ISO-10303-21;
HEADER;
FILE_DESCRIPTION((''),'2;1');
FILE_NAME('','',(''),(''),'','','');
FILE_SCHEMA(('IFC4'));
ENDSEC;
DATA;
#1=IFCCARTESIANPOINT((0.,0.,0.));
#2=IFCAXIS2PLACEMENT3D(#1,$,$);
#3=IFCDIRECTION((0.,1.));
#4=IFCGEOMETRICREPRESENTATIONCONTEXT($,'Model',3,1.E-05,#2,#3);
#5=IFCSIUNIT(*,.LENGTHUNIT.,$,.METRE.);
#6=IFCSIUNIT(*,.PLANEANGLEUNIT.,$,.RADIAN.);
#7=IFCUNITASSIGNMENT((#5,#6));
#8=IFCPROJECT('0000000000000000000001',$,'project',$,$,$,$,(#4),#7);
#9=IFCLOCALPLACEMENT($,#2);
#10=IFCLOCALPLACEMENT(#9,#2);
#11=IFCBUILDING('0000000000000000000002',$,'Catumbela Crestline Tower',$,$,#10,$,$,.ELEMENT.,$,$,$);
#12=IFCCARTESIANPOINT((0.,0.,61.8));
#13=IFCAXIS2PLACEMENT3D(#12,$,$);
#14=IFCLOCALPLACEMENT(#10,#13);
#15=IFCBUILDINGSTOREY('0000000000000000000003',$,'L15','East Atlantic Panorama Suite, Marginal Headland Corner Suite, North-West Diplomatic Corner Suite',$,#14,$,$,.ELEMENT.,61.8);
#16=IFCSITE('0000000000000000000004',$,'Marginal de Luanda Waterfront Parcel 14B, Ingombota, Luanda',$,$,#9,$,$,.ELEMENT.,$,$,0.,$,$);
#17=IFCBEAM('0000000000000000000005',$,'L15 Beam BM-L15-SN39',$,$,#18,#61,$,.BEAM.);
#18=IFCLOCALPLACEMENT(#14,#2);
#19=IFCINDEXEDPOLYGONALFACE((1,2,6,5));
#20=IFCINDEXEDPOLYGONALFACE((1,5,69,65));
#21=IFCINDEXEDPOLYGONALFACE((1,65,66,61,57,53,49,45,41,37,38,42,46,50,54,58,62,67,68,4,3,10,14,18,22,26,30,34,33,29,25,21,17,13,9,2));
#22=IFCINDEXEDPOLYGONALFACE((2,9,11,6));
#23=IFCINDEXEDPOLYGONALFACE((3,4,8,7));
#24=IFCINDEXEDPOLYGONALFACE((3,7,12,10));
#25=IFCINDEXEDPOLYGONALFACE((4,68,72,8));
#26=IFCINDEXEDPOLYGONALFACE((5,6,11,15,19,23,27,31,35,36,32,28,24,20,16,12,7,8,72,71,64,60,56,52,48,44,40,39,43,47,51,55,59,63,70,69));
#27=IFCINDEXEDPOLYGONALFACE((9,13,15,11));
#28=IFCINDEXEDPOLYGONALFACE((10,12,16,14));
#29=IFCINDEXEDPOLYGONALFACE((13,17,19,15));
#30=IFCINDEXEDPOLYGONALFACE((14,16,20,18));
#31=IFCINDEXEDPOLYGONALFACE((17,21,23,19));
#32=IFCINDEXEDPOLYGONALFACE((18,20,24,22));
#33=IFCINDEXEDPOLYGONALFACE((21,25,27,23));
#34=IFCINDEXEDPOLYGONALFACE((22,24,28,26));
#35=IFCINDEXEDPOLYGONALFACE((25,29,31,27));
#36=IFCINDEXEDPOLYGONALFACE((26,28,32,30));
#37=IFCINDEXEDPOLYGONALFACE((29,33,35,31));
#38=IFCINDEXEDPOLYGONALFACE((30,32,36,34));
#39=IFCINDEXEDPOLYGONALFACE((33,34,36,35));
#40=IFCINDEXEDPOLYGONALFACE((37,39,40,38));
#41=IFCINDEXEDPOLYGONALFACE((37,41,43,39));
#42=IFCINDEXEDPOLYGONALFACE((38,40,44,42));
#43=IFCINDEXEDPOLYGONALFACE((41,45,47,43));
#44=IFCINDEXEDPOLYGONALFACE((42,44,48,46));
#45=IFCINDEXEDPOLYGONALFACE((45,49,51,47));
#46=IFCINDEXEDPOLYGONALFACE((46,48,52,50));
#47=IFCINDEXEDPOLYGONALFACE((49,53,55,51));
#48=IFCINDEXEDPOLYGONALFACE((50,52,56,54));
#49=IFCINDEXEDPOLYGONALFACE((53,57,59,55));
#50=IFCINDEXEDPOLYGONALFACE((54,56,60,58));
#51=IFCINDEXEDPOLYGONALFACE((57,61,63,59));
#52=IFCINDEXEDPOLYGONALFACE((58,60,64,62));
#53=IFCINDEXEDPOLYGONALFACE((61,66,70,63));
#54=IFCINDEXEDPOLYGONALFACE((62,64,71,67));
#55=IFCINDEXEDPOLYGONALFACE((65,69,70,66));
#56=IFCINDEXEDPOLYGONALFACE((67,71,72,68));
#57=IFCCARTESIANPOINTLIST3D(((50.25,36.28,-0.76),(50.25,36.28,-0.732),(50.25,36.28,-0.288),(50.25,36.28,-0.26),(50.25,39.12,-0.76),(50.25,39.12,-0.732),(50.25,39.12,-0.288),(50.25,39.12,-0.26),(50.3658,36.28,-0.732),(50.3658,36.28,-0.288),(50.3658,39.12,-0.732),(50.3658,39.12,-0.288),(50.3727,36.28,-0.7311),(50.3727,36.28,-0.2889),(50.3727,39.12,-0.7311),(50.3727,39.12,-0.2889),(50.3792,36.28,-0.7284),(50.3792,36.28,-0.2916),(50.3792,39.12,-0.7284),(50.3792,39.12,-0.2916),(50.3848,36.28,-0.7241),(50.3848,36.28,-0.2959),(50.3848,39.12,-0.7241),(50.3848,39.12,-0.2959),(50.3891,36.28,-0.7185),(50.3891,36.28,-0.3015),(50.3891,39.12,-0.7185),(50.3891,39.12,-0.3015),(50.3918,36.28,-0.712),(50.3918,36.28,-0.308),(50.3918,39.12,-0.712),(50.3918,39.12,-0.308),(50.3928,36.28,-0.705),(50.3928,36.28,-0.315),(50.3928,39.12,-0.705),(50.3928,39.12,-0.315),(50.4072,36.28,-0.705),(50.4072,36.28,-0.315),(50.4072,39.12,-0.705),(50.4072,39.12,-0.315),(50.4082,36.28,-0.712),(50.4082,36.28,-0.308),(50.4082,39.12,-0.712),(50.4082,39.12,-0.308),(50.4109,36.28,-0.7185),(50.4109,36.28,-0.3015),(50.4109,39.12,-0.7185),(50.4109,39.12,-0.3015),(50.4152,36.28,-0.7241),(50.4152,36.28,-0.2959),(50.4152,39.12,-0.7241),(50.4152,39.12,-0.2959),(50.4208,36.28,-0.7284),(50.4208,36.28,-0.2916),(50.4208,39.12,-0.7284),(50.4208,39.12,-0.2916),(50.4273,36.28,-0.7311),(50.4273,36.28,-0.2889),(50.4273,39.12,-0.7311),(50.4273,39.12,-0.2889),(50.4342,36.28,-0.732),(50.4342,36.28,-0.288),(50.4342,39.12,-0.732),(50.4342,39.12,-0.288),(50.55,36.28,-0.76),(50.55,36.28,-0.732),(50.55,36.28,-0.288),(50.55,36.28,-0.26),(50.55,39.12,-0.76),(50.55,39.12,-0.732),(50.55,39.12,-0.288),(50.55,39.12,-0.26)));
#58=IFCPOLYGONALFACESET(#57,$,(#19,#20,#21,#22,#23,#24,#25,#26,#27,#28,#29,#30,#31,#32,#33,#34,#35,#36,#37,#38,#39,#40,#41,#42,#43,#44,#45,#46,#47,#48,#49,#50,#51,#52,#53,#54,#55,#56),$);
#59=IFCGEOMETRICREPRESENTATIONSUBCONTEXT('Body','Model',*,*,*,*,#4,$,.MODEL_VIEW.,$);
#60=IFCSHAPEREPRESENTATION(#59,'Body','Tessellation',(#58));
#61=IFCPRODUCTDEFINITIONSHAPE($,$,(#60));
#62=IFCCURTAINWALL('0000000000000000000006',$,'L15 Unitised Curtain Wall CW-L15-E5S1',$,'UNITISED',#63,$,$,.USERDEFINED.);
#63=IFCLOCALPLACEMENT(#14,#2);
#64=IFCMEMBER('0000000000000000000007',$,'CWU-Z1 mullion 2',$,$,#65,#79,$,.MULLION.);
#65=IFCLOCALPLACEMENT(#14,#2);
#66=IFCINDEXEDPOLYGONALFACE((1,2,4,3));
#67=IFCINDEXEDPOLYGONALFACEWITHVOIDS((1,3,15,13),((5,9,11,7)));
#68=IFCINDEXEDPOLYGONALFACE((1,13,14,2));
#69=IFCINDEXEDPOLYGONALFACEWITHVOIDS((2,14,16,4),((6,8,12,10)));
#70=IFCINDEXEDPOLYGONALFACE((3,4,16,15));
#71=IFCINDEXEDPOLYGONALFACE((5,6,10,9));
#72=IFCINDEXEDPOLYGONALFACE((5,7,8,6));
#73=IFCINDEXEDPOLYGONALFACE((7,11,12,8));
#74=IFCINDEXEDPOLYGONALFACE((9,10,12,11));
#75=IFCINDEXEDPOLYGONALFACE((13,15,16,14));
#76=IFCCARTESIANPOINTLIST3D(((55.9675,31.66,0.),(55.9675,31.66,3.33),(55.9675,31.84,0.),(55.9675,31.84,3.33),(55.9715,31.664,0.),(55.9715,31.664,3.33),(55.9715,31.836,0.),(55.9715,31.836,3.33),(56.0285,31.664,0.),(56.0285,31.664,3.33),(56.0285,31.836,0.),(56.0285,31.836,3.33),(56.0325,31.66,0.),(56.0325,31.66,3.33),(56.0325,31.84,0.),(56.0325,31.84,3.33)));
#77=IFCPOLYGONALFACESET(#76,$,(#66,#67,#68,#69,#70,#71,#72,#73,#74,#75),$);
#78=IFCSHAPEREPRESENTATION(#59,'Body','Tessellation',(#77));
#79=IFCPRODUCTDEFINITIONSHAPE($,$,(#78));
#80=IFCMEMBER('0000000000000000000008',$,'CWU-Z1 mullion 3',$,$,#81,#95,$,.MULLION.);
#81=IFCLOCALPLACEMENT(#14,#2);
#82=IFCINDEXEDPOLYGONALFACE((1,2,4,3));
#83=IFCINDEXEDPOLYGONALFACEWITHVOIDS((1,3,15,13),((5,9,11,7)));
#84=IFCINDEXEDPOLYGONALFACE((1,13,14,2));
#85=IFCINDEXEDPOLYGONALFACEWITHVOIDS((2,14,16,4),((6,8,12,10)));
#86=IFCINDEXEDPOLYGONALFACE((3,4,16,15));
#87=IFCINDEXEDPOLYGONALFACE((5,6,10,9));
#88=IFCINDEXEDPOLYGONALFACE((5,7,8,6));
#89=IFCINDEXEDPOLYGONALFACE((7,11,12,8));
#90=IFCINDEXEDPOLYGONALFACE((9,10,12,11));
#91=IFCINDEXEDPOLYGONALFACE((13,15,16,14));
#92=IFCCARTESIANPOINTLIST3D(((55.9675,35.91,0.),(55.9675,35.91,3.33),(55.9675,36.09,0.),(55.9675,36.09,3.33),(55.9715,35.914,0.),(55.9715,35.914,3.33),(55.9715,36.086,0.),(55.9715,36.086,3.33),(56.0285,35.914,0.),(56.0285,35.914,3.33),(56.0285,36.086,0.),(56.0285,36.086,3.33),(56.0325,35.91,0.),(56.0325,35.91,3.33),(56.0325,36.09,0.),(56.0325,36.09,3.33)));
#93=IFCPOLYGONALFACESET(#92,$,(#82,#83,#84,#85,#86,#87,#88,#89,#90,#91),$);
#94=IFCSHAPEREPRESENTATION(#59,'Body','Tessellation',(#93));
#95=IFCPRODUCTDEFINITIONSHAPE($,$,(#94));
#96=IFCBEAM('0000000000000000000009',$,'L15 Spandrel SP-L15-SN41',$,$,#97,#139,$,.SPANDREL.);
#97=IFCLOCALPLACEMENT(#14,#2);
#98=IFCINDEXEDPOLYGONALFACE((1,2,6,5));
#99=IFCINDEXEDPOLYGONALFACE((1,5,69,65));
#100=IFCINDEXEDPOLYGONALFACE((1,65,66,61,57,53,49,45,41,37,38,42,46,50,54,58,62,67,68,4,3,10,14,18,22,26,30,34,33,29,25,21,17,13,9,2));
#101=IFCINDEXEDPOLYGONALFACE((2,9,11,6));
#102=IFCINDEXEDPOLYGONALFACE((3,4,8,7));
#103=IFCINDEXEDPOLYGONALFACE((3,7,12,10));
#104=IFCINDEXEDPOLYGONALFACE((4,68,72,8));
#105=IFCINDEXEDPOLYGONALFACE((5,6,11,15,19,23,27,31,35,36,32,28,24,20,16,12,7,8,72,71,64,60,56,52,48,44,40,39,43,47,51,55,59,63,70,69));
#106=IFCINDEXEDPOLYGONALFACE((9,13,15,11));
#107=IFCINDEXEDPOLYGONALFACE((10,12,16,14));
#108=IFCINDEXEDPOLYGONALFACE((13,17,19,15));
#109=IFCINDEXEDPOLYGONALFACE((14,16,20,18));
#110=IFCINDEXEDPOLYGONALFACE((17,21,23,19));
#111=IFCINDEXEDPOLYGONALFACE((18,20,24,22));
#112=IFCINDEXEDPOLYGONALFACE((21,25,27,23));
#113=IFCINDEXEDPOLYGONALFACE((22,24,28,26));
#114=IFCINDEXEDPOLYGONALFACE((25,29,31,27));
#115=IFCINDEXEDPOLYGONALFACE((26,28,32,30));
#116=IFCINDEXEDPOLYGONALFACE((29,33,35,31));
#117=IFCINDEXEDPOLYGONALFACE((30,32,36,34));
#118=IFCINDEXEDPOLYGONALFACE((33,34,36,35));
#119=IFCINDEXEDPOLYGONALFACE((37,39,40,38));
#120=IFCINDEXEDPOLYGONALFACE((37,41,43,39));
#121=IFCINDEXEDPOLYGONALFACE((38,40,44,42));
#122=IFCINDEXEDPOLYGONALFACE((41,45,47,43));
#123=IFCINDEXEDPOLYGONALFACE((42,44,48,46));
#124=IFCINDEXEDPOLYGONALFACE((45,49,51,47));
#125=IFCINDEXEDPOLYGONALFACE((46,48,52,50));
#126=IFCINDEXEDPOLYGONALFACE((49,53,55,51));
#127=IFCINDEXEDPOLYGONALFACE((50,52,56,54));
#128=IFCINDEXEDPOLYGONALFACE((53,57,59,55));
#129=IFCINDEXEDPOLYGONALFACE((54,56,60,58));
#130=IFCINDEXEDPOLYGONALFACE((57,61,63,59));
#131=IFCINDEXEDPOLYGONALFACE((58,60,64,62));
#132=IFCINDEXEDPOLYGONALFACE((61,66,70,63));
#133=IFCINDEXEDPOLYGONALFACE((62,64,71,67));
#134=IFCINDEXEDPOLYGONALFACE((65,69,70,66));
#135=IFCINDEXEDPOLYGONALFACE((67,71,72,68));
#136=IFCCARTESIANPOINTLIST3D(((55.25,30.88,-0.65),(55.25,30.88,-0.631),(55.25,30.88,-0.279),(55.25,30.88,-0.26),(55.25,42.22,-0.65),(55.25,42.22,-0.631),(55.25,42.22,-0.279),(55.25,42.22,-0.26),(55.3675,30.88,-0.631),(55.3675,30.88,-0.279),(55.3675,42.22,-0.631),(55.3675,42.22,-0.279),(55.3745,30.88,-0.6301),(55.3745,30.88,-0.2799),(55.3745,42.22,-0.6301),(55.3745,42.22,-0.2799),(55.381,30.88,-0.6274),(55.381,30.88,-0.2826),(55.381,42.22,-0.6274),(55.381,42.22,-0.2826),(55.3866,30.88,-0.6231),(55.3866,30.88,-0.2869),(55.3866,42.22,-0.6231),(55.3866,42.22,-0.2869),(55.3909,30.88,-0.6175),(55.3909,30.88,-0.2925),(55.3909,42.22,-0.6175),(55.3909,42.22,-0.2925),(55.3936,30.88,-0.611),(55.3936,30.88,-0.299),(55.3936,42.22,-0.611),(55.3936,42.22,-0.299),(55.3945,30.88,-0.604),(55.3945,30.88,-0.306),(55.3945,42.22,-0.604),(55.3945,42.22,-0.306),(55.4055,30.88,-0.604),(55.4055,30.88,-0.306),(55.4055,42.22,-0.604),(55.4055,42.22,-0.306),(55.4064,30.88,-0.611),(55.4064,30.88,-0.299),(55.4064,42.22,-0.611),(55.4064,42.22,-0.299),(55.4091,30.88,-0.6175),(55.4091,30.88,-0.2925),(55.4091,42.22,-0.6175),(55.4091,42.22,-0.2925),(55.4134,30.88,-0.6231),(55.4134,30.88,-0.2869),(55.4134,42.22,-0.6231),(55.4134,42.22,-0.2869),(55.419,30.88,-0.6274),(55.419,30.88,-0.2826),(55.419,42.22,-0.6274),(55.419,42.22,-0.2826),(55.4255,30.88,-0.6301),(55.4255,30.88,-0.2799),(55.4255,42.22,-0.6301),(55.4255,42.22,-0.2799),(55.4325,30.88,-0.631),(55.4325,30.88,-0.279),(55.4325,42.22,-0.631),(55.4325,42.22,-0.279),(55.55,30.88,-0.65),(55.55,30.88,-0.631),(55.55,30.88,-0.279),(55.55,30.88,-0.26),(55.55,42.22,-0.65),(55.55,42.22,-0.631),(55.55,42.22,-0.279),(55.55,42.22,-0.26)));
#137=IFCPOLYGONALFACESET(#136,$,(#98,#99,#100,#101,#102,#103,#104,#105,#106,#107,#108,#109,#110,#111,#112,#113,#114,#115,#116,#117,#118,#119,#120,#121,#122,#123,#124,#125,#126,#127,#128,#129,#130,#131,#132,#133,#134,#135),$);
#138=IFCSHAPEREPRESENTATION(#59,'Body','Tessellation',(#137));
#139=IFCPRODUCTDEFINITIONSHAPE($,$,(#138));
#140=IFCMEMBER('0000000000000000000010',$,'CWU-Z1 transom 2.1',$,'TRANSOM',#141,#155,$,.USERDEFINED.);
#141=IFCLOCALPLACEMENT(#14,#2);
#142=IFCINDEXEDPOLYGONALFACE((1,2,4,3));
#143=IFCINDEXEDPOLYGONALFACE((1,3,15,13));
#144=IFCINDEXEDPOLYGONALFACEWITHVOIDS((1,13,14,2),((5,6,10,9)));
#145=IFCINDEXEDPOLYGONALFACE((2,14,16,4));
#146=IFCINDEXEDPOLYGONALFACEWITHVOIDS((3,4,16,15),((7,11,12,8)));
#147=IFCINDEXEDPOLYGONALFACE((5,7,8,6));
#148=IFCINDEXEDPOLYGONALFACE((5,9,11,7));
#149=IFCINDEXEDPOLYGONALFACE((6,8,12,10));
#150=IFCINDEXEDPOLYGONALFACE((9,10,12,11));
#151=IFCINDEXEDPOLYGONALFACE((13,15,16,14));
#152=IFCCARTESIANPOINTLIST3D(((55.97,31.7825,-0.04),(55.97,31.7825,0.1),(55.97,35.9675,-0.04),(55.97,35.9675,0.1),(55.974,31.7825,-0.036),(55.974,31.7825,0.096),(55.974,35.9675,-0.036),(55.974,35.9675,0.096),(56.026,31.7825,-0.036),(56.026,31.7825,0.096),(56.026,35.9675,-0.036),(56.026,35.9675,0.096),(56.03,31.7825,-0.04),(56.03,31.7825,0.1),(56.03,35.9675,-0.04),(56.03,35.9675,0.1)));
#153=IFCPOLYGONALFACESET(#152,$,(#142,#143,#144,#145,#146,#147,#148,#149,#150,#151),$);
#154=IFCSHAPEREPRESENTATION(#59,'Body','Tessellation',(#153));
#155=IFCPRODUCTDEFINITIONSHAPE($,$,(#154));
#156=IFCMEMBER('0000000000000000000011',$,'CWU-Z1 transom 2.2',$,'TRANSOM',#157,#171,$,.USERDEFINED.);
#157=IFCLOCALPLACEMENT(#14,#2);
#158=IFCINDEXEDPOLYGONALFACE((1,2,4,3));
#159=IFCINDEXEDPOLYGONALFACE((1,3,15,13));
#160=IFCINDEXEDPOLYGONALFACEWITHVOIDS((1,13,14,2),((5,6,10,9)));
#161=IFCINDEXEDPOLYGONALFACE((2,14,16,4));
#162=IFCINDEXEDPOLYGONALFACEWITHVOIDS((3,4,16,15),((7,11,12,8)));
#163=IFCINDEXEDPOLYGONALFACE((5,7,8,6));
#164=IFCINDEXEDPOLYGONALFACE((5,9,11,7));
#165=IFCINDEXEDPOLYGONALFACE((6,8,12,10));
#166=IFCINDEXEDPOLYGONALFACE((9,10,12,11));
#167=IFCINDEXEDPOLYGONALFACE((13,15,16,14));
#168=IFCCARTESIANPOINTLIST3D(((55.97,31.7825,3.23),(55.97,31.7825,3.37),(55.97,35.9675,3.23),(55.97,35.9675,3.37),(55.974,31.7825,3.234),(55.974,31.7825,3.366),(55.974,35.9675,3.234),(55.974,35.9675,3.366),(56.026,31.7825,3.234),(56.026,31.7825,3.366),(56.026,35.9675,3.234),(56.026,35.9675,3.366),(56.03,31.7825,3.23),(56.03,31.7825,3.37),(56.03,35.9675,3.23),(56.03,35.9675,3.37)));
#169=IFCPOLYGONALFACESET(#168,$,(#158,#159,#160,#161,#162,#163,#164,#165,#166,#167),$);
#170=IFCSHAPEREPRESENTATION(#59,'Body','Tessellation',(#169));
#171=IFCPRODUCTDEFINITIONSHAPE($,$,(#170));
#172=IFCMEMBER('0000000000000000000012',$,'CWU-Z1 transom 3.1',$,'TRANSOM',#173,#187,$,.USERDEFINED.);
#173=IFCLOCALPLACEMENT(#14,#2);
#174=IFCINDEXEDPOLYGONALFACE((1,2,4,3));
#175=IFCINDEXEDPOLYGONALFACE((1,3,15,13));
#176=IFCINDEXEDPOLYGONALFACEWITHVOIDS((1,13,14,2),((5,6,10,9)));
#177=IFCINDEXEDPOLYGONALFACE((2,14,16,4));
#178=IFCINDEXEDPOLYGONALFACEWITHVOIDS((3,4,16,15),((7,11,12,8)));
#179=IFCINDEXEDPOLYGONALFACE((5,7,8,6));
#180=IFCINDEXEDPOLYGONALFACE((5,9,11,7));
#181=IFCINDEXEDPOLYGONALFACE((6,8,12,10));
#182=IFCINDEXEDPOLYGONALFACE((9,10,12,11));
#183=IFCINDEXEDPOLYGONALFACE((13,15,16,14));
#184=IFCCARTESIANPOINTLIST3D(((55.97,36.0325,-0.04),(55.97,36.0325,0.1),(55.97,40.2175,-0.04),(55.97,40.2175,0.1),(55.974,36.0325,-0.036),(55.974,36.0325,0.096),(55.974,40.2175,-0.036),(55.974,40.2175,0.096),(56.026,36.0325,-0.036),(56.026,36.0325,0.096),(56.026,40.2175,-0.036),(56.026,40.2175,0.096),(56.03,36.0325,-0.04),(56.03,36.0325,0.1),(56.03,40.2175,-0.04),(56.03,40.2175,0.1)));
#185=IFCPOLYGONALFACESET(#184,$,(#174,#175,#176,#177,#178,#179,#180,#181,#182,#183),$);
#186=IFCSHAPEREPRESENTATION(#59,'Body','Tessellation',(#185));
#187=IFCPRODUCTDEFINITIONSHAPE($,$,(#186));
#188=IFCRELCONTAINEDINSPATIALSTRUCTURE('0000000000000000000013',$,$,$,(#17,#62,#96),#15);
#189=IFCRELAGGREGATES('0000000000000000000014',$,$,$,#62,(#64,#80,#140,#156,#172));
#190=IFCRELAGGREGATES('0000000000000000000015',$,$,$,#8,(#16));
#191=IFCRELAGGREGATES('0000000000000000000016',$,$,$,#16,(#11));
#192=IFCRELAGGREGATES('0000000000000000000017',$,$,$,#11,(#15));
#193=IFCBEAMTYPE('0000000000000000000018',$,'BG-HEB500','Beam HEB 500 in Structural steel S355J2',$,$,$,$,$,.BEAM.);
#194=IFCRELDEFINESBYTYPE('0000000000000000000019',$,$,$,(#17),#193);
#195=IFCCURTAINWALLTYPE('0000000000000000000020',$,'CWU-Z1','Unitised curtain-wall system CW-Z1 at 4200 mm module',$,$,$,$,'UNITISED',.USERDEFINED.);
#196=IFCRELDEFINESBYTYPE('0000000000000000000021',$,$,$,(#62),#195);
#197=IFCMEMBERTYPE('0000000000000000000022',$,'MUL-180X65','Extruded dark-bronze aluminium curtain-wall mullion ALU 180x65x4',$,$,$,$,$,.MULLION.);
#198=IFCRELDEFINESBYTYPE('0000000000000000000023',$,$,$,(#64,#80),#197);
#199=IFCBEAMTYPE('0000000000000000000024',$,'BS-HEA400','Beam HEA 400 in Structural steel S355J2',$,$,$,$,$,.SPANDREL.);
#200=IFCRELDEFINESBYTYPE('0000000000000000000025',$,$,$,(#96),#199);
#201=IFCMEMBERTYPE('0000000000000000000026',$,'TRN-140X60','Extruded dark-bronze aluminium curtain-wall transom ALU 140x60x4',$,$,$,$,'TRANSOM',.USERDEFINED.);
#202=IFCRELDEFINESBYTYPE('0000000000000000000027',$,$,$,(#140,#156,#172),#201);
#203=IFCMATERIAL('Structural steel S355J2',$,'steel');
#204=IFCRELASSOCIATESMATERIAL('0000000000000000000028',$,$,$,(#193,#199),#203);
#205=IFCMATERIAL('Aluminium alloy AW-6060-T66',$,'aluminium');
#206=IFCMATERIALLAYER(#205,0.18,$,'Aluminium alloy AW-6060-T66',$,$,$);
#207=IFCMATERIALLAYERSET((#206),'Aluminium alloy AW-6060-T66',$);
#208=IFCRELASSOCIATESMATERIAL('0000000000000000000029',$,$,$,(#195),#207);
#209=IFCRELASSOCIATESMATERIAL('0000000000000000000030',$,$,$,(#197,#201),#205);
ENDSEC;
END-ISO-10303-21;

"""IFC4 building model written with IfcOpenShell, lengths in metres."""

from ifc_helpers import new_model, si_unit, direction, frame, origin, origin_2d, place, context, subcontext, project, spatial, hollow_rectangle, i_section, extrude, material, layer, layer_set, material_profile, profile_set, type_object, element, aggregate, save


model = new_model("IFC4")

# Units and contexts
model_context = context("Model", 3, precision=1e-05, world=origin(), true_north=direction((0.0, 1.0)))
body_context = subcontext(model_context, "Body", "Model", "MODEL_VIEW")
ifc_project = project(units=[si_unit("LENGTHUNIT", "METRE"), si_unit("PLANEANGLEUNIT", "RADIAN")], contexts=[model_context])

# Site, building, storey
site_placement = place(None, origin())
site = spatial("IfcSite", under=ifc_project, at=site_placement, Name="Marginal de Luanda Waterfront Parcel 14B, Ingombota, Luanda", CompositionType="ELEMENT", RefElevation=0.0)
building_placement = place(site_placement, origin())
building = spatial("IfcBuilding", under=site, at=building_placement, Name="Catumbela Crestline Tower", CompositionType="ELEMENT")
storey_placement = place(building_placement, frame((0.0, 0.0, 61.8)))
storey = spatial("IfcBuildingStorey", under=building, at=storey_placement, Name="L15", Description="East Atlantic Panorama Suite, Marginal Headland Corner Suite, North-West Diplomatic Corner Suite", CompositionType="ELEMENT", Elevation=61.8)

# Beam
ifc_material_1 = material(Name="Structural steel S355J2", Category="steel")
ifc_material_profile_1 = material_profile(ifc_material_1, i_section(OverallWidth=0.3, OverallDepth=0.5, WebThickness=0.0145, FlangeThickness=0.028, FilletRadius=0.027, at=origin_2d()), Name="HEB 500")
ifc_profile_set_1 = profile_set([ifc_material_profile_1], Name="Structural steel S355J2")
beam_type_1 = type_object("IfcBeamType", Name="BG-HEB500", Description="Beam HEB 500 in Structural steel S355J2", PredefinedType="BEAM", material=ifc_profile_set_1)
beam_1_placement = place(storey_placement, frame((50.4, 36.28, -0.51), z_axis=(0.0, 1.0, 0.0), x_axis=(-1.0, 0.0, 0.0)))
element("IfcBeam", 1, at=beam_1_placement, inside=storey, type_object=beam_type_1, Name="L15 Beam BM-L15-SN39", PredefinedType="BEAM", context=body_context, shape_type="SweptSolid", body=[
    extrude(i_section(OverallWidth=0.3, OverallDepth=0.5, WebThickness=0.0145, FlangeThickness=0.028, FilletRadius=0.027, at=origin_2d()), origin(), (0.0, 0.0, 1.0), 2.84),
])

# Curtain wall, members
ifc_material_2 = material(Name="Aluminium alloy AW-6060-T66", Category="aluminium")
ifc_layer_1 = layer(ifc_material_2, 0.18, Name="Aluminium alloy AW-6060-T66")
ifc_layer_set_1 = layer_set([ifc_layer_1], Name="Aluminium alloy AW-6060-T66")
curtain_wall_type = type_object("IfcCurtainWallType", Name="CWU-Z1", Description="Unitised curtain-wall system CW-Z1 at 4200 mm module", ElementType="UNITISED", PredefinedType="USERDEFINED", material=ifc_layer_set_1)
curtain_wall_placement = place(storey_placement, origin())
curtain_wall = element("IfcCurtainWall", 2, at=curtain_wall_placement, inside=storey, type_object=curtain_wall_type, Name="L15 Unitised Curtain Wall CW-L15-E5S1", ObjectType="UNITISED", PredefinedType="USERDEFINED")
ifc_material_profile_2 = material_profile(ifc_material_2, hollow_rectangle(XDim=0.065, YDim=0.18, WallThickness=0.004, at=origin_2d()), Name="ALU 180x65x4")
ifc_profile_set_2 = profile_set([ifc_material_profile_2], Name="Aluminium alloy AW-6060-T66")
member_type_1 = type_object("IfcMemberType", Name="MUL-180X65", Description="Extruded dark-bronze aluminium curtain-wall mullion ALU 180x65x4", PredefinedType="MULLION", material=ifc_profile_set_2)
member_1_placement = place(storey_placement, frame((56.0, 31.75, 0.0), z_axis=(0.0, 0.0, 1.0), x_axis=(-1.0, 0.0, 0.0)))
member_1 = element("IfcMember", 3, at=member_1_placement, type_object=member_type_1, Name="CWU-Z1 mullion 2", PredefinedType="MULLION", context=body_context, shape_type="SweptSolid", body=[
    extrude(hollow_rectangle(XDim=0.065, YDim=0.18, WallThickness=0.004, at=origin_2d()), origin(), (0.0, 0.0, 1.0), 3.33),
])
member_2_placement = place(storey_placement, frame((56.0, 36.0, 0.0), z_axis=(0.0, 0.0, 1.0), x_axis=(-1.0, 0.0, 0.0)))
member_2 = element("IfcMember", 4, at=member_2_placement, type_object=member_type_1, Name="CWU-Z1 mullion 3", PredefinedType="MULLION", context=body_context, shape_type="SweptSolid", body=[
    extrude(hollow_rectangle(XDim=0.065, YDim=0.18, WallThickness=0.004, at=origin_2d()), origin(), (0.0, 0.0, 1.0), 3.33),
])

# Beam
ifc_material_profile_3 = material_profile(ifc_material_1, i_section(OverallWidth=0.3, OverallDepth=0.39, WebThickness=0.011, FlangeThickness=0.019, FilletRadius=0.027, at=origin_2d()), Name="HEA 400")
ifc_profile_set_3 = profile_set([ifc_material_profile_3], Name="Structural steel S355J2")
beam_type_2 = type_object("IfcBeamType", Name="BS-HEA400", Description="Beam HEA 400 in Structural steel S355J2", PredefinedType="SPANDREL", material=ifc_profile_set_3)
beam_2_placement = place(storey_placement, frame((55.4, 30.88, -0.455), z_axis=(0.0, 1.0, 0.0), x_axis=(-1.0, 0.0, 0.0)))
element("IfcBeam", 5, at=beam_2_placement, inside=storey, type_object=beam_type_2, Name="L15 Spandrel SP-L15-SN41", PredefinedType="SPANDREL", context=body_context, shape_type="SweptSolid", body=[
    extrude(i_section(OverallWidth=0.3, OverallDepth=0.39, WebThickness=0.011, FlangeThickness=0.019, FilletRadius=0.027, at=origin_2d()), origin(), (0.0, 0.0, 1.0), 11.34),
])

# Members
ifc_material_profile_4 = material_profile(ifc_material_2, hollow_rectangle(XDim=0.06, YDim=0.14, WallThickness=0.004, at=origin_2d()), Name="ALU 140x60x4")
ifc_profile_set_4 = profile_set([ifc_material_profile_4], Name="Aluminium alloy AW-6060-T66")
member_type_2 = type_object("IfcMemberType", Name="TRN-140X60", Description="Extruded dark-bronze aluminium curtain-wall transom ALU 140x60x4", ElementType="TRANSOM", PredefinedType="USERDEFINED", material=ifc_profile_set_4)
member_3_placement = place(storey_placement, frame((56.0, 31.7825, 0.03), z_axis=(0.0, 1.0, 0.0), x_axis=(-1.0, 0.0, 0.0)))
member_3 = element("IfcMember", 6, at=member_3_placement, type_object=member_type_2, Name="CWU-Z1 transom 2.1", ObjectType="TRANSOM", PredefinedType="USERDEFINED", context=body_context, shape_type="SweptSolid", body=[
    extrude(hollow_rectangle(XDim=0.06, YDim=0.14, WallThickness=0.004, at=origin_2d()), origin(), (0.0, 0.0, 1.0), 4.185),
])
member_4_placement = place(storey_placement, frame((56.0, 31.7825, 3.3), z_axis=(0.0, 1.0, 0.0), x_axis=(-1.0, 0.0, 0.0)))
member_4 = element("IfcMember", 7, at=member_4_placement, type_object=member_type_2, Name="CWU-Z1 transom 2.2", ObjectType="TRANSOM", PredefinedType="USERDEFINED", context=body_context, shape_type="SweptSolid", body=[
    extrude(hollow_rectangle(XDim=0.06, YDim=0.14, WallThickness=0.004, at=origin_2d()), origin(), (0.0, 0.0, 1.0), 4.185),
])
member_5_placement = place(storey_placement, frame((56.0, 36.0325, 0.03), z_axis=(0.0, 1.0, 0.0), x_axis=(-1.0, 0.0, 0.0)))
member_5 = element("IfcMember", 8, at=member_5_placement, type_object=member_type_2, Name="CWU-Z1 transom 3.1", ObjectType="TRANSOM", PredefinedType="USERDEFINED", context=body_context, shape_type="SweptSolid", body=[
    extrude(hollow_rectangle(XDim=0.06, YDim=0.14, WallThickness=0.004, at=origin_2d()), origin(), (0.0, 0.0, 1.0), 4.185),
])

aggregate(curtain_wall, [member_1, member_2, member_3, member_4, member_5])

save(model, "model.ifc")
